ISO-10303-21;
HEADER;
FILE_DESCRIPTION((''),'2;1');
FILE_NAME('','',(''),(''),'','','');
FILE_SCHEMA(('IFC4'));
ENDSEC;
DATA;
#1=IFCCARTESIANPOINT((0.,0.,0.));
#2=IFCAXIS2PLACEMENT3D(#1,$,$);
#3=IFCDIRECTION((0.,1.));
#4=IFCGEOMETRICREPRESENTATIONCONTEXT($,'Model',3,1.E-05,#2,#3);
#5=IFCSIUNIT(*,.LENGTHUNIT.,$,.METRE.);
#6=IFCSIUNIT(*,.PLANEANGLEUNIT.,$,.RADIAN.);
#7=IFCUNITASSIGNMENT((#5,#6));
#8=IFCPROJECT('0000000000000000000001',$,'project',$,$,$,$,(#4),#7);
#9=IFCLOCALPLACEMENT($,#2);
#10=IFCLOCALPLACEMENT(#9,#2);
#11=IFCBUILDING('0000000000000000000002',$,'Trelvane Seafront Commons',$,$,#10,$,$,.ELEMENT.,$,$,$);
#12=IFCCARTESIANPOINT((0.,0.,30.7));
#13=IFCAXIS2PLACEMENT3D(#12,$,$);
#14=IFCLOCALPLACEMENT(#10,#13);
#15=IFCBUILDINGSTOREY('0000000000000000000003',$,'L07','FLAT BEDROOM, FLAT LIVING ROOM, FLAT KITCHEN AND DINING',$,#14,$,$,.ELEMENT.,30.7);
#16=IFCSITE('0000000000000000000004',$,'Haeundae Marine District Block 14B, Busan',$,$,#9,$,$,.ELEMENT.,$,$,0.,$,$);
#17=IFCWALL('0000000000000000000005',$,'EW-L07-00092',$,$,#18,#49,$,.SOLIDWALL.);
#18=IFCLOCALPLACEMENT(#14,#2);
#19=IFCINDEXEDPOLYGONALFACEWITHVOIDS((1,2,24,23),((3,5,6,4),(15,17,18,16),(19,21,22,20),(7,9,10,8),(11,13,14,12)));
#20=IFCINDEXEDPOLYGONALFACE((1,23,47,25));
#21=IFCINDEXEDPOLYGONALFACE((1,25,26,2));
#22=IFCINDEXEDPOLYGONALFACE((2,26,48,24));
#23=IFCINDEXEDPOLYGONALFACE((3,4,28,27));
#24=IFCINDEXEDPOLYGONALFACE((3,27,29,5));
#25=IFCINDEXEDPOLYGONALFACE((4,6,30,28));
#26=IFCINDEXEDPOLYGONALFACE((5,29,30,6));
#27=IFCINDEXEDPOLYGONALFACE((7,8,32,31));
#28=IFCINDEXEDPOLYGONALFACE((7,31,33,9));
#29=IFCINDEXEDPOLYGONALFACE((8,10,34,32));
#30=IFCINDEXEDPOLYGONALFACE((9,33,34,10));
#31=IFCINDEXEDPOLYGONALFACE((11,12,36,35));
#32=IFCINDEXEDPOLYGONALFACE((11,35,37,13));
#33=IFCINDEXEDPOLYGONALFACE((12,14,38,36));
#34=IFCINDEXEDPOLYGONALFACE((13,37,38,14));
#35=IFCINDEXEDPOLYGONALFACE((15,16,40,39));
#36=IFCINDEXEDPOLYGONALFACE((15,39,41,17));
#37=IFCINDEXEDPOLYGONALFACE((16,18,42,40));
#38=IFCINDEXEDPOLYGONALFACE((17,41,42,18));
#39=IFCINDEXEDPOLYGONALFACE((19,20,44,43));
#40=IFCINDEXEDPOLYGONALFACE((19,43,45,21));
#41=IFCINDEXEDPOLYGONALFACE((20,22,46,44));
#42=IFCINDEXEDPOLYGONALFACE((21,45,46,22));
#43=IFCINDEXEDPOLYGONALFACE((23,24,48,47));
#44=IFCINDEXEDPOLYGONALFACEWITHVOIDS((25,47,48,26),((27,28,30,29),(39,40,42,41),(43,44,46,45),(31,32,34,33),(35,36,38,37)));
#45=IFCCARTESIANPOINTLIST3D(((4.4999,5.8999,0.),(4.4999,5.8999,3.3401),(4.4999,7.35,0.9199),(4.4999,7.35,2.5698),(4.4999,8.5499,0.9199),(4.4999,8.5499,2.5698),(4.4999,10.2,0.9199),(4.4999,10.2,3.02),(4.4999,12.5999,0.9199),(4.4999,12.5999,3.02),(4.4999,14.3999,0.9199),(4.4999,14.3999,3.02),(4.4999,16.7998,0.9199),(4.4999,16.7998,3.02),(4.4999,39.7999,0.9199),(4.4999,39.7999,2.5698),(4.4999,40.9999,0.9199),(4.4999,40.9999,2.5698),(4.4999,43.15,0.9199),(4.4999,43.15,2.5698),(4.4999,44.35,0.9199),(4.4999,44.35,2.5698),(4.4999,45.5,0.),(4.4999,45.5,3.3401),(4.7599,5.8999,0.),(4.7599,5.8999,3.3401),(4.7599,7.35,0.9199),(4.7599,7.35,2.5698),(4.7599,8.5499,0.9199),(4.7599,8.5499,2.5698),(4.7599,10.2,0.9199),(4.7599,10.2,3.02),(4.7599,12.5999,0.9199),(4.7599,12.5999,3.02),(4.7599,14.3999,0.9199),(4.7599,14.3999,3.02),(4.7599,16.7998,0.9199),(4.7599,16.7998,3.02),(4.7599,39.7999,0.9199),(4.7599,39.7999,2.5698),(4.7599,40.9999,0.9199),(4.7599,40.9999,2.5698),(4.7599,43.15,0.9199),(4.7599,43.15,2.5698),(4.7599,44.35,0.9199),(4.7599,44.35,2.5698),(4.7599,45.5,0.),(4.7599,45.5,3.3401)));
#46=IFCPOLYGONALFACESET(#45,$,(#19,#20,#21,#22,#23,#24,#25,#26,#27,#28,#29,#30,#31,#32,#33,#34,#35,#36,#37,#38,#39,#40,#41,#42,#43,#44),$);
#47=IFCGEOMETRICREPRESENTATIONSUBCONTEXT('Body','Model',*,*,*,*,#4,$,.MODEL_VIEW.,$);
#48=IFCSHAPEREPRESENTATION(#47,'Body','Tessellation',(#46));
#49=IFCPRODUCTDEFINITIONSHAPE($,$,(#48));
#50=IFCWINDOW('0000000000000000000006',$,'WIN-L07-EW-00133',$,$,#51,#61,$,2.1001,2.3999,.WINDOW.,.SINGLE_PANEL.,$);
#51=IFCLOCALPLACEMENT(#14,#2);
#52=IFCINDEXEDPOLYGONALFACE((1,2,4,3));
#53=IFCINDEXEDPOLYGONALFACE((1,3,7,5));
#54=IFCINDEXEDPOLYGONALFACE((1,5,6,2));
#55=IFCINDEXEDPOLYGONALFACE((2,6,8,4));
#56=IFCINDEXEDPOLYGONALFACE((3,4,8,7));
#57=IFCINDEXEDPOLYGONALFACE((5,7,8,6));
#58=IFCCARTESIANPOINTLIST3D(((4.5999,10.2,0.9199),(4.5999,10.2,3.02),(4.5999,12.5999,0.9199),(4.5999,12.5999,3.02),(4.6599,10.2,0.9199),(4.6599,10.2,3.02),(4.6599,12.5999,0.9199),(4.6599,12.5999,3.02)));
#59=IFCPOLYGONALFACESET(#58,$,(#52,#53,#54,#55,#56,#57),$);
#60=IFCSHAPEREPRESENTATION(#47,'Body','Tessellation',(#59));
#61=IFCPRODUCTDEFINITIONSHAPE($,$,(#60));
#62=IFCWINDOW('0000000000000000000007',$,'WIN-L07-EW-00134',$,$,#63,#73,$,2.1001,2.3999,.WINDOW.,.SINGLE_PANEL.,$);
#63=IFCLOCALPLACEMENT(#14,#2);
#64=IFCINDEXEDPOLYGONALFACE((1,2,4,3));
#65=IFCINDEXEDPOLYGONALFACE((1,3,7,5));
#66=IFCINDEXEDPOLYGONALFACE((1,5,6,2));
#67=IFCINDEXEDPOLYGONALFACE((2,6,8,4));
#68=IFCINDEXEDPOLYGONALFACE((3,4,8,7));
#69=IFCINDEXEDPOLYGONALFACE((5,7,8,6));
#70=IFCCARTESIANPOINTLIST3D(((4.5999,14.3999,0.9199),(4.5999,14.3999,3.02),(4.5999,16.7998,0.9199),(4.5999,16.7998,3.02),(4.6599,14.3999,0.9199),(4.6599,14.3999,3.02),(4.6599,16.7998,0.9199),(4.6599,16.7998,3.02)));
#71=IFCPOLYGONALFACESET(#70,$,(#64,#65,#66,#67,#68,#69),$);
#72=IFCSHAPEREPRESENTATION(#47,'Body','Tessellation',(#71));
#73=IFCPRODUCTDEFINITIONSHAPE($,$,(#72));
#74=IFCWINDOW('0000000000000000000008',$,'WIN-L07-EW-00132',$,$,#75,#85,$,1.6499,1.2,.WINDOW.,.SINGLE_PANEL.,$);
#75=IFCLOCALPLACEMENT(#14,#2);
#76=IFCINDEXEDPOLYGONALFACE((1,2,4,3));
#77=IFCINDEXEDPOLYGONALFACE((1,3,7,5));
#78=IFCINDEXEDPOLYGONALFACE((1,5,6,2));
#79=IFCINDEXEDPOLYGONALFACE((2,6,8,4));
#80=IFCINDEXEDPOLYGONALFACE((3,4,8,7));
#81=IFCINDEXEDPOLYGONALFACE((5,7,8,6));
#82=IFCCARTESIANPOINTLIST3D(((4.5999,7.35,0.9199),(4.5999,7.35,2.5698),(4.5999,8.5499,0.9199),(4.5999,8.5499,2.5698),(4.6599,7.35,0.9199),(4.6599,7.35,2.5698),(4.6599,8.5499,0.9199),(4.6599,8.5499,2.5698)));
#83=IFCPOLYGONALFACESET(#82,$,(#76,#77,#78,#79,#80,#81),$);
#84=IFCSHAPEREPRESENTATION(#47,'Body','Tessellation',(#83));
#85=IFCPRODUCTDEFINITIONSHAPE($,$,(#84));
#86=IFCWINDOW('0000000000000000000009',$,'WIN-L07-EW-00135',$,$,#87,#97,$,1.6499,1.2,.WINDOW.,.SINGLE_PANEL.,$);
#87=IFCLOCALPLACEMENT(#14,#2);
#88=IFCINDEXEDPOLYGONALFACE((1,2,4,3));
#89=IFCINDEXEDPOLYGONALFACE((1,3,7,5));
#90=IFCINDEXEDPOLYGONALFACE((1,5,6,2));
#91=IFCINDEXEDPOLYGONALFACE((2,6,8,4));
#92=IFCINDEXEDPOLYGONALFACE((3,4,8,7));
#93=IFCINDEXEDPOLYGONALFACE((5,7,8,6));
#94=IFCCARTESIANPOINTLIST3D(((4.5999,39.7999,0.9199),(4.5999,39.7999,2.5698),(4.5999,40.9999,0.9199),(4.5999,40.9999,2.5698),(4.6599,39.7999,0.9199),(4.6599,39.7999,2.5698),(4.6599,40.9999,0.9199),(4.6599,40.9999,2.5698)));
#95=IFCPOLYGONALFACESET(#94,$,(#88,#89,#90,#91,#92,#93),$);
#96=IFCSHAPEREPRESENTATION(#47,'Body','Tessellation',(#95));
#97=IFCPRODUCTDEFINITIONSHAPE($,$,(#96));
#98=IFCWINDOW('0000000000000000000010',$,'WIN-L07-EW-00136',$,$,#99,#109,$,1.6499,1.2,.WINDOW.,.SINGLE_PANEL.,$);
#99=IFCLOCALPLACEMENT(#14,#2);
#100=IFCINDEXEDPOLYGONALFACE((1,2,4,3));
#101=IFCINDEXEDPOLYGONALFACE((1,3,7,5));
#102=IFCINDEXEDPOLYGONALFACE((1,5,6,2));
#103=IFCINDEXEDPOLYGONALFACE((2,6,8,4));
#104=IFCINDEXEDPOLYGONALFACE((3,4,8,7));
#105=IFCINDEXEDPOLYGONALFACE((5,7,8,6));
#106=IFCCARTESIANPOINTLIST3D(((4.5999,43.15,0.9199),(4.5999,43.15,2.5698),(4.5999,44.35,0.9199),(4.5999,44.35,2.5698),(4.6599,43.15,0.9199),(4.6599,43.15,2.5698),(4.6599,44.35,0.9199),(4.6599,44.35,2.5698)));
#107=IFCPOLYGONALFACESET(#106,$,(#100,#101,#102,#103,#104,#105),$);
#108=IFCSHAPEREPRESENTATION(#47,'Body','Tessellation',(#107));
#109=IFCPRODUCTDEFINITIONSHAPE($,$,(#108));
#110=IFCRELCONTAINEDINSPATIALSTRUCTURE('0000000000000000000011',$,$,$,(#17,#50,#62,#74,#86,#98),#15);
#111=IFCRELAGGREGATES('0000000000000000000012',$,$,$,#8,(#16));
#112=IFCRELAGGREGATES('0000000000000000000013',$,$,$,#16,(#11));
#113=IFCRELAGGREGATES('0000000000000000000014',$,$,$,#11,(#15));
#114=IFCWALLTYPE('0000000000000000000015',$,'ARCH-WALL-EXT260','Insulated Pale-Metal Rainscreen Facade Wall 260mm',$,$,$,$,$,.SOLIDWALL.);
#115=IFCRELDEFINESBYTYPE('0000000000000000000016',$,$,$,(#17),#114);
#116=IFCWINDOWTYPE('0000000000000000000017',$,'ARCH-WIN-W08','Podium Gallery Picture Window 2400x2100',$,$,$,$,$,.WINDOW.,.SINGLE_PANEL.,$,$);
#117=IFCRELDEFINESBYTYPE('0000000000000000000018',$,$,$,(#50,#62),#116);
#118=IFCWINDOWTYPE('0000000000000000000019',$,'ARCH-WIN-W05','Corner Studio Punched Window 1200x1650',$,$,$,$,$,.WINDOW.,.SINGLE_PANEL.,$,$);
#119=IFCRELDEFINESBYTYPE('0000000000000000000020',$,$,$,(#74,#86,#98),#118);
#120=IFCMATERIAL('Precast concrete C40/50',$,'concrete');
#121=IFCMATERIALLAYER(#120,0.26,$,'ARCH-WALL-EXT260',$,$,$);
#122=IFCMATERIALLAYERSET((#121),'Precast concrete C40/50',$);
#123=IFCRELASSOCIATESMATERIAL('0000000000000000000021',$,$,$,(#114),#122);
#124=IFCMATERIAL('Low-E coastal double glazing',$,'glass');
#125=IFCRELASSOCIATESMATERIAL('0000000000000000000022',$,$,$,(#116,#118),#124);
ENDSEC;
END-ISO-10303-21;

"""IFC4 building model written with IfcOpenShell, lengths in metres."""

from ifc_helpers import new_model, si_unit, direction, frame, frame_2d, origin, place, context, subcontext, project, spatial, rectangle, extrude, source, transform, mapped, material, layer, layer_set, type_object, element, fill, save


model = new_model("IFC4")

# Units and contexts
model_context = context("Model", 3, precision=1e-05, world=origin(), true_north=direction((0.0, 1.0)))
body_context = subcontext(model_context, "Body", "Model", "MODEL_VIEW")
ifc_project = project(units=[si_unit("LENGTHUNIT", "METRE"), si_unit("PLANEANGLEUNIT", "RADIAN")], contexts=[model_context])

# Site, building, storey
site_placement = place(None, origin())
site = spatial("IfcSite", under=ifc_project, at=site_placement, Name="Haeundae Marine District Block 14B, Busan", CompositionType="ELEMENT", RefElevation=0.0)
building_placement = place(site_placement, origin())
building = spatial("IfcBuilding", under=site, at=building_placement, Name="Trelvane Seafront Commons", CompositionType="ELEMENT")
storey_placement = place(building_placement, frame((0.0, 0.0, 30.7)))
storey = spatial("IfcBuildingStorey", under=building, at=storey_placement, Name="L07", Description="FLAT BEDROOM, FLAT LIVING ROOM, FLAT KITCHEN AND DINING", CompositionType="ELEMENT", Elevation=30.7)

# Shared definitions
ifc_material_1 = material(Name="Precast concrete C40/50", Category="concrete")
ifc_layer_1 = layer(ifc_material_1, 0.26, Name="ARCH-WALL-EXT260")
ifc_layer_set_1 = layer_set([ifc_layer_1], Name="Precast concrete C40/50")
wall_type_1 = type_object("IfcWallType", Name="ARCH-WALL-EXT260", Description="Insulated Pale-Metal Rainscreen Facade Wall 260mm", PredefinedType="SOLIDWALL", material=ifc_layer_set_1)

# Wall, openings, windows
wall_1_placement = place(storey_placement, frame((4.6299, 5.8999, 0.0), z_axis=(0.0, 0.0, 1.0), x_axis=(0.0, 1.0, 0.0)))
wall_1 = element("IfcWall", 1, at=wall_1_placement, inside=storey, type_object=wall_type_1, Name="EW-L07-00092", PredefinedType="SOLIDWALL", context=body_context, shape_type="SweptSolid", body=[
    extrude(rectangle(XDim=39.6001, YDim=0.26, at=frame_2d((19.8, 0.0))), origin(), (0.0, 0.0, 1.0), 3.3401),
])
opening_1_placement = place(wall_1_placement, frame((1.45, 0.0, 0.9199)))
opening_1 = element("IfcOpeningElement", 2, at=opening_1_placement, cuts=wall_1, PredefinedType="OPENING", context=body_context, shape_type="SweptSolid", body=[
    extrude(rectangle(XDim=1.2, YDim=1.6499, at=frame_2d((0.6001, 0.825))), frame((0.0, 0.1399, 0.0), z_axis=(0.0, -1.0, 0.0), x_axis=(1.0, 0.0, 0.0)), (0.0, 0.0, 1.0), 0.28),
])
opening_2_placement = place(wall_1_placement, frame((4.3, 0.0, 0.9199)))
opening_2 = element("IfcOpeningElement", 3, at=opening_2_placement, cuts=wall_1, PredefinedType="OPENING", context=body_context, shape_type="SweptSolid", body=[
    extrude(rectangle(XDim=2.3999, YDim=2.1001, at=frame_2d((1.2, 1.05))), frame((0.0, 0.1399, 0.0), z_axis=(0.0, -1.0, 0.0), x_axis=(1.0, 0.0, 0.0)), (0.0, 0.0, 1.0), 0.28),
])
opening_3_placement = place(wall_1_placement, frame((8.5, 0.0, 0.9199)))
opening_3 = element("IfcOpeningElement", 4, at=opening_3_placement, cuts=wall_1, PredefinedType="OPENING", context=body_context, shape_type="SweptSolid", body=[
    extrude(rectangle(XDim=2.3999, YDim=2.1001, at=frame_2d((1.2, 1.05))), frame((0.0, 0.1399, 0.0), z_axis=(0.0, -1.0, 0.0), x_axis=(1.0, 0.0, 0.0)), (0.0, 0.0, 1.0), 0.28),
])
opening_4_placement = place(wall_1_placement, frame((33.8999, 0.0, 0.9199)))
opening_4 = element("IfcOpeningElement", 5, at=opening_4_placement, cuts=wall_1, PredefinedType="OPENING", context=body_context, shape_type="SweptSolid", body=[
    extrude(rectangle(XDim=1.2, YDim=1.6499, at=frame_2d((0.6001, 0.825))), frame((0.0, 0.1399, 0.0), z_axis=(0.0, -1.0, 0.0), x_axis=(1.0, 0.0, 0.0)), (0.0, 0.0, 1.0), 0.28),
])
opening_5_placement = place(wall_1_placement, frame((37.25, 0.0, 0.9199)))
opening_5 = element("IfcOpeningElement", 6, at=opening_5_placement, cuts=wall_1, PredefinedType="OPENING", context=body_context, shape_type="SweptSolid", body=[
    extrude(rectangle(XDim=1.2, YDim=1.6499, at=frame_2d((0.6001, 0.825))), frame((0.0, 0.1399, 0.0), z_axis=(0.0, -1.0, 0.0), x_axis=(1.0, 0.0, 0.0)), (0.0, 0.0, 1.0), 0.28),
])
ifc_material_2 = material(Name="Low-E coastal double glazing", Category="glass")
window_type_1 = type_object("IfcWindowType", Name="ARCH-WIN-W08", Description="Podium Gallery Picture Window 2400x2100", PartitioningType="SINGLE_PANEL", PredefinedType="WINDOW", material=ifc_material_2)
shared_shape_1 = source(origin(), body_context, "Body", "SweptSolid", [
    extrude(rectangle(XDim=2.3999, YDim=2.1001, at=frame_2d((1.2, 1.05))), frame((0.0, 0.03, 0.0), z_axis=(0.0, -1.0, 0.0), x_axis=(1.0, 0.0, 0.0)), (0.0, 0.0, 1.0), 0.0601),
])
window_1_placement = place(opening_2_placement, origin())
window_1 = element("IfcWindow", 7, at=window_1_placement, inside=storey, type_object=window_type_1, Name="WIN-L07-EW-00133", OverallHeight=2.1001, OverallWidth=2.3999, PartitioningType="SINGLE_PANEL", PredefinedType="WINDOW", context=body_context, shape_type="MappedRepresentation", body=[
    mapped(shared_shape_1, transform((0.0, 0.0, 0.0), x_axis=(1.0, 0.0, 0.0), y_axis=(0.0, 1.0, 0.0), z_axis=(0.0, 0.0, 1.0), scale=1.0)),
])
fill(opening_2, window_1)
window_2_placement = place(opening_3_placement, origin())
window_2 = element("IfcWindow", 8, at=window_2_placement, inside=storey, type_object=window_type_1, Name="WIN-L07-EW-00134", OverallHeight=2.1001, OverallWidth=2.3999, PartitioningType="SINGLE_PANEL", PredefinedType="WINDOW", context=body_context, shape_type="MappedRepresentation", body=[
    mapped(shared_shape_1, transform((0.0, 0.0, 0.0), x_axis=(1.0, 0.0, 0.0), y_axis=(0.0, 1.0, 0.0), z_axis=(0.0, 0.0, 1.0), scale=1.0)),
])
fill(opening_3, window_2)
window_type_2 = type_object("IfcWindowType", Name="ARCH-WIN-W05", Description="Corner Studio Punched Window 1200x1650", PartitioningType="SINGLE_PANEL", PredefinedType="WINDOW", material=ifc_material_2)
shared_shape_2 = source(origin(), body_context, "Body", "SweptSolid", [
    extrude(rectangle(XDim=1.2, YDim=1.6499, at=frame_2d((0.6001, 0.825))), frame((0.0, 0.03, 0.0), z_axis=(0.0, -1.0, 0.0), x_axis=(1.0, 0.0, 0.0)), (0.0, 0.0, 1.0), 0.0601),
])
window_3_placement = place(opening_1_placement, origin())
window_3 = element("IfcWindow", 9, at=window_3_placement, inside=storey, type_object=window_type_2, Name="WIN-L07-EW-00132", OverallHeight=1.6499, OverallWidth=1.2, PartitioningType="SINGLE_PANEL", PredefinedType="WINDOW", context=body_context, shape_type="MappedRepresentation", body=[
    mapped(shared_shape_2, transform((0.0, 0.0, 0.0), x_axis=(1.0, 0.0, 0.0), y_axis=(0.0, 1.0, 0.0), z_axis=(0.0, 0.0, 1.0), scale=1.0)),
])
fill(opening_1, window_3)
window_4_placement = place(opening_4_placement, origin())
window_4 = element("IfcWindow", 10, at=window_4_placement, inside=storey, type_object=window_type_2, Name="WIN-L07-EW-00135", OverallHeight=1.6499, OverallWidth=1.2, PartitioningType="SINGLE_PANEL", PredefinedType="WINDOW", context=body_context, shape_type="MappedRepresentation", body=[
    mapped(shared_shape_2, transform((0.0, 0.0, 0.0), x_axis=(1.0, 0.0, 0.0), y_axis=(0.0, 1.0, 0.0), z_axis=(0.0, 0.0, 1.0), scale=1.0)),
])
fill(opening_4, window_4)
window_5_placement = place(opening_5_placement, origin())
window_5 = element("IfcWindow", 11, at=window_5_placement, inside=storey, type_object=window_type_2, Name="WIN-L07-EW-00136", OverallHeight=1.6499, OverallWidth=1.2, PartitioningType="SINGLE_PANEL", PredefinedType="WINDOW", context=body_context, shape_type="MappedRepresentation", body=[
    mapped(shared_shape_2, transform((0.0, 0.0, 0.0), x_axis=(1.0, 0.0, 0.0), y_axis=(0.0, 1.0, 0.0), z_axis=(0.0, 0.0, 1.0), scale=1.0)),
])
fill(opening_5, window_5)

save(model, "model.ifc")
